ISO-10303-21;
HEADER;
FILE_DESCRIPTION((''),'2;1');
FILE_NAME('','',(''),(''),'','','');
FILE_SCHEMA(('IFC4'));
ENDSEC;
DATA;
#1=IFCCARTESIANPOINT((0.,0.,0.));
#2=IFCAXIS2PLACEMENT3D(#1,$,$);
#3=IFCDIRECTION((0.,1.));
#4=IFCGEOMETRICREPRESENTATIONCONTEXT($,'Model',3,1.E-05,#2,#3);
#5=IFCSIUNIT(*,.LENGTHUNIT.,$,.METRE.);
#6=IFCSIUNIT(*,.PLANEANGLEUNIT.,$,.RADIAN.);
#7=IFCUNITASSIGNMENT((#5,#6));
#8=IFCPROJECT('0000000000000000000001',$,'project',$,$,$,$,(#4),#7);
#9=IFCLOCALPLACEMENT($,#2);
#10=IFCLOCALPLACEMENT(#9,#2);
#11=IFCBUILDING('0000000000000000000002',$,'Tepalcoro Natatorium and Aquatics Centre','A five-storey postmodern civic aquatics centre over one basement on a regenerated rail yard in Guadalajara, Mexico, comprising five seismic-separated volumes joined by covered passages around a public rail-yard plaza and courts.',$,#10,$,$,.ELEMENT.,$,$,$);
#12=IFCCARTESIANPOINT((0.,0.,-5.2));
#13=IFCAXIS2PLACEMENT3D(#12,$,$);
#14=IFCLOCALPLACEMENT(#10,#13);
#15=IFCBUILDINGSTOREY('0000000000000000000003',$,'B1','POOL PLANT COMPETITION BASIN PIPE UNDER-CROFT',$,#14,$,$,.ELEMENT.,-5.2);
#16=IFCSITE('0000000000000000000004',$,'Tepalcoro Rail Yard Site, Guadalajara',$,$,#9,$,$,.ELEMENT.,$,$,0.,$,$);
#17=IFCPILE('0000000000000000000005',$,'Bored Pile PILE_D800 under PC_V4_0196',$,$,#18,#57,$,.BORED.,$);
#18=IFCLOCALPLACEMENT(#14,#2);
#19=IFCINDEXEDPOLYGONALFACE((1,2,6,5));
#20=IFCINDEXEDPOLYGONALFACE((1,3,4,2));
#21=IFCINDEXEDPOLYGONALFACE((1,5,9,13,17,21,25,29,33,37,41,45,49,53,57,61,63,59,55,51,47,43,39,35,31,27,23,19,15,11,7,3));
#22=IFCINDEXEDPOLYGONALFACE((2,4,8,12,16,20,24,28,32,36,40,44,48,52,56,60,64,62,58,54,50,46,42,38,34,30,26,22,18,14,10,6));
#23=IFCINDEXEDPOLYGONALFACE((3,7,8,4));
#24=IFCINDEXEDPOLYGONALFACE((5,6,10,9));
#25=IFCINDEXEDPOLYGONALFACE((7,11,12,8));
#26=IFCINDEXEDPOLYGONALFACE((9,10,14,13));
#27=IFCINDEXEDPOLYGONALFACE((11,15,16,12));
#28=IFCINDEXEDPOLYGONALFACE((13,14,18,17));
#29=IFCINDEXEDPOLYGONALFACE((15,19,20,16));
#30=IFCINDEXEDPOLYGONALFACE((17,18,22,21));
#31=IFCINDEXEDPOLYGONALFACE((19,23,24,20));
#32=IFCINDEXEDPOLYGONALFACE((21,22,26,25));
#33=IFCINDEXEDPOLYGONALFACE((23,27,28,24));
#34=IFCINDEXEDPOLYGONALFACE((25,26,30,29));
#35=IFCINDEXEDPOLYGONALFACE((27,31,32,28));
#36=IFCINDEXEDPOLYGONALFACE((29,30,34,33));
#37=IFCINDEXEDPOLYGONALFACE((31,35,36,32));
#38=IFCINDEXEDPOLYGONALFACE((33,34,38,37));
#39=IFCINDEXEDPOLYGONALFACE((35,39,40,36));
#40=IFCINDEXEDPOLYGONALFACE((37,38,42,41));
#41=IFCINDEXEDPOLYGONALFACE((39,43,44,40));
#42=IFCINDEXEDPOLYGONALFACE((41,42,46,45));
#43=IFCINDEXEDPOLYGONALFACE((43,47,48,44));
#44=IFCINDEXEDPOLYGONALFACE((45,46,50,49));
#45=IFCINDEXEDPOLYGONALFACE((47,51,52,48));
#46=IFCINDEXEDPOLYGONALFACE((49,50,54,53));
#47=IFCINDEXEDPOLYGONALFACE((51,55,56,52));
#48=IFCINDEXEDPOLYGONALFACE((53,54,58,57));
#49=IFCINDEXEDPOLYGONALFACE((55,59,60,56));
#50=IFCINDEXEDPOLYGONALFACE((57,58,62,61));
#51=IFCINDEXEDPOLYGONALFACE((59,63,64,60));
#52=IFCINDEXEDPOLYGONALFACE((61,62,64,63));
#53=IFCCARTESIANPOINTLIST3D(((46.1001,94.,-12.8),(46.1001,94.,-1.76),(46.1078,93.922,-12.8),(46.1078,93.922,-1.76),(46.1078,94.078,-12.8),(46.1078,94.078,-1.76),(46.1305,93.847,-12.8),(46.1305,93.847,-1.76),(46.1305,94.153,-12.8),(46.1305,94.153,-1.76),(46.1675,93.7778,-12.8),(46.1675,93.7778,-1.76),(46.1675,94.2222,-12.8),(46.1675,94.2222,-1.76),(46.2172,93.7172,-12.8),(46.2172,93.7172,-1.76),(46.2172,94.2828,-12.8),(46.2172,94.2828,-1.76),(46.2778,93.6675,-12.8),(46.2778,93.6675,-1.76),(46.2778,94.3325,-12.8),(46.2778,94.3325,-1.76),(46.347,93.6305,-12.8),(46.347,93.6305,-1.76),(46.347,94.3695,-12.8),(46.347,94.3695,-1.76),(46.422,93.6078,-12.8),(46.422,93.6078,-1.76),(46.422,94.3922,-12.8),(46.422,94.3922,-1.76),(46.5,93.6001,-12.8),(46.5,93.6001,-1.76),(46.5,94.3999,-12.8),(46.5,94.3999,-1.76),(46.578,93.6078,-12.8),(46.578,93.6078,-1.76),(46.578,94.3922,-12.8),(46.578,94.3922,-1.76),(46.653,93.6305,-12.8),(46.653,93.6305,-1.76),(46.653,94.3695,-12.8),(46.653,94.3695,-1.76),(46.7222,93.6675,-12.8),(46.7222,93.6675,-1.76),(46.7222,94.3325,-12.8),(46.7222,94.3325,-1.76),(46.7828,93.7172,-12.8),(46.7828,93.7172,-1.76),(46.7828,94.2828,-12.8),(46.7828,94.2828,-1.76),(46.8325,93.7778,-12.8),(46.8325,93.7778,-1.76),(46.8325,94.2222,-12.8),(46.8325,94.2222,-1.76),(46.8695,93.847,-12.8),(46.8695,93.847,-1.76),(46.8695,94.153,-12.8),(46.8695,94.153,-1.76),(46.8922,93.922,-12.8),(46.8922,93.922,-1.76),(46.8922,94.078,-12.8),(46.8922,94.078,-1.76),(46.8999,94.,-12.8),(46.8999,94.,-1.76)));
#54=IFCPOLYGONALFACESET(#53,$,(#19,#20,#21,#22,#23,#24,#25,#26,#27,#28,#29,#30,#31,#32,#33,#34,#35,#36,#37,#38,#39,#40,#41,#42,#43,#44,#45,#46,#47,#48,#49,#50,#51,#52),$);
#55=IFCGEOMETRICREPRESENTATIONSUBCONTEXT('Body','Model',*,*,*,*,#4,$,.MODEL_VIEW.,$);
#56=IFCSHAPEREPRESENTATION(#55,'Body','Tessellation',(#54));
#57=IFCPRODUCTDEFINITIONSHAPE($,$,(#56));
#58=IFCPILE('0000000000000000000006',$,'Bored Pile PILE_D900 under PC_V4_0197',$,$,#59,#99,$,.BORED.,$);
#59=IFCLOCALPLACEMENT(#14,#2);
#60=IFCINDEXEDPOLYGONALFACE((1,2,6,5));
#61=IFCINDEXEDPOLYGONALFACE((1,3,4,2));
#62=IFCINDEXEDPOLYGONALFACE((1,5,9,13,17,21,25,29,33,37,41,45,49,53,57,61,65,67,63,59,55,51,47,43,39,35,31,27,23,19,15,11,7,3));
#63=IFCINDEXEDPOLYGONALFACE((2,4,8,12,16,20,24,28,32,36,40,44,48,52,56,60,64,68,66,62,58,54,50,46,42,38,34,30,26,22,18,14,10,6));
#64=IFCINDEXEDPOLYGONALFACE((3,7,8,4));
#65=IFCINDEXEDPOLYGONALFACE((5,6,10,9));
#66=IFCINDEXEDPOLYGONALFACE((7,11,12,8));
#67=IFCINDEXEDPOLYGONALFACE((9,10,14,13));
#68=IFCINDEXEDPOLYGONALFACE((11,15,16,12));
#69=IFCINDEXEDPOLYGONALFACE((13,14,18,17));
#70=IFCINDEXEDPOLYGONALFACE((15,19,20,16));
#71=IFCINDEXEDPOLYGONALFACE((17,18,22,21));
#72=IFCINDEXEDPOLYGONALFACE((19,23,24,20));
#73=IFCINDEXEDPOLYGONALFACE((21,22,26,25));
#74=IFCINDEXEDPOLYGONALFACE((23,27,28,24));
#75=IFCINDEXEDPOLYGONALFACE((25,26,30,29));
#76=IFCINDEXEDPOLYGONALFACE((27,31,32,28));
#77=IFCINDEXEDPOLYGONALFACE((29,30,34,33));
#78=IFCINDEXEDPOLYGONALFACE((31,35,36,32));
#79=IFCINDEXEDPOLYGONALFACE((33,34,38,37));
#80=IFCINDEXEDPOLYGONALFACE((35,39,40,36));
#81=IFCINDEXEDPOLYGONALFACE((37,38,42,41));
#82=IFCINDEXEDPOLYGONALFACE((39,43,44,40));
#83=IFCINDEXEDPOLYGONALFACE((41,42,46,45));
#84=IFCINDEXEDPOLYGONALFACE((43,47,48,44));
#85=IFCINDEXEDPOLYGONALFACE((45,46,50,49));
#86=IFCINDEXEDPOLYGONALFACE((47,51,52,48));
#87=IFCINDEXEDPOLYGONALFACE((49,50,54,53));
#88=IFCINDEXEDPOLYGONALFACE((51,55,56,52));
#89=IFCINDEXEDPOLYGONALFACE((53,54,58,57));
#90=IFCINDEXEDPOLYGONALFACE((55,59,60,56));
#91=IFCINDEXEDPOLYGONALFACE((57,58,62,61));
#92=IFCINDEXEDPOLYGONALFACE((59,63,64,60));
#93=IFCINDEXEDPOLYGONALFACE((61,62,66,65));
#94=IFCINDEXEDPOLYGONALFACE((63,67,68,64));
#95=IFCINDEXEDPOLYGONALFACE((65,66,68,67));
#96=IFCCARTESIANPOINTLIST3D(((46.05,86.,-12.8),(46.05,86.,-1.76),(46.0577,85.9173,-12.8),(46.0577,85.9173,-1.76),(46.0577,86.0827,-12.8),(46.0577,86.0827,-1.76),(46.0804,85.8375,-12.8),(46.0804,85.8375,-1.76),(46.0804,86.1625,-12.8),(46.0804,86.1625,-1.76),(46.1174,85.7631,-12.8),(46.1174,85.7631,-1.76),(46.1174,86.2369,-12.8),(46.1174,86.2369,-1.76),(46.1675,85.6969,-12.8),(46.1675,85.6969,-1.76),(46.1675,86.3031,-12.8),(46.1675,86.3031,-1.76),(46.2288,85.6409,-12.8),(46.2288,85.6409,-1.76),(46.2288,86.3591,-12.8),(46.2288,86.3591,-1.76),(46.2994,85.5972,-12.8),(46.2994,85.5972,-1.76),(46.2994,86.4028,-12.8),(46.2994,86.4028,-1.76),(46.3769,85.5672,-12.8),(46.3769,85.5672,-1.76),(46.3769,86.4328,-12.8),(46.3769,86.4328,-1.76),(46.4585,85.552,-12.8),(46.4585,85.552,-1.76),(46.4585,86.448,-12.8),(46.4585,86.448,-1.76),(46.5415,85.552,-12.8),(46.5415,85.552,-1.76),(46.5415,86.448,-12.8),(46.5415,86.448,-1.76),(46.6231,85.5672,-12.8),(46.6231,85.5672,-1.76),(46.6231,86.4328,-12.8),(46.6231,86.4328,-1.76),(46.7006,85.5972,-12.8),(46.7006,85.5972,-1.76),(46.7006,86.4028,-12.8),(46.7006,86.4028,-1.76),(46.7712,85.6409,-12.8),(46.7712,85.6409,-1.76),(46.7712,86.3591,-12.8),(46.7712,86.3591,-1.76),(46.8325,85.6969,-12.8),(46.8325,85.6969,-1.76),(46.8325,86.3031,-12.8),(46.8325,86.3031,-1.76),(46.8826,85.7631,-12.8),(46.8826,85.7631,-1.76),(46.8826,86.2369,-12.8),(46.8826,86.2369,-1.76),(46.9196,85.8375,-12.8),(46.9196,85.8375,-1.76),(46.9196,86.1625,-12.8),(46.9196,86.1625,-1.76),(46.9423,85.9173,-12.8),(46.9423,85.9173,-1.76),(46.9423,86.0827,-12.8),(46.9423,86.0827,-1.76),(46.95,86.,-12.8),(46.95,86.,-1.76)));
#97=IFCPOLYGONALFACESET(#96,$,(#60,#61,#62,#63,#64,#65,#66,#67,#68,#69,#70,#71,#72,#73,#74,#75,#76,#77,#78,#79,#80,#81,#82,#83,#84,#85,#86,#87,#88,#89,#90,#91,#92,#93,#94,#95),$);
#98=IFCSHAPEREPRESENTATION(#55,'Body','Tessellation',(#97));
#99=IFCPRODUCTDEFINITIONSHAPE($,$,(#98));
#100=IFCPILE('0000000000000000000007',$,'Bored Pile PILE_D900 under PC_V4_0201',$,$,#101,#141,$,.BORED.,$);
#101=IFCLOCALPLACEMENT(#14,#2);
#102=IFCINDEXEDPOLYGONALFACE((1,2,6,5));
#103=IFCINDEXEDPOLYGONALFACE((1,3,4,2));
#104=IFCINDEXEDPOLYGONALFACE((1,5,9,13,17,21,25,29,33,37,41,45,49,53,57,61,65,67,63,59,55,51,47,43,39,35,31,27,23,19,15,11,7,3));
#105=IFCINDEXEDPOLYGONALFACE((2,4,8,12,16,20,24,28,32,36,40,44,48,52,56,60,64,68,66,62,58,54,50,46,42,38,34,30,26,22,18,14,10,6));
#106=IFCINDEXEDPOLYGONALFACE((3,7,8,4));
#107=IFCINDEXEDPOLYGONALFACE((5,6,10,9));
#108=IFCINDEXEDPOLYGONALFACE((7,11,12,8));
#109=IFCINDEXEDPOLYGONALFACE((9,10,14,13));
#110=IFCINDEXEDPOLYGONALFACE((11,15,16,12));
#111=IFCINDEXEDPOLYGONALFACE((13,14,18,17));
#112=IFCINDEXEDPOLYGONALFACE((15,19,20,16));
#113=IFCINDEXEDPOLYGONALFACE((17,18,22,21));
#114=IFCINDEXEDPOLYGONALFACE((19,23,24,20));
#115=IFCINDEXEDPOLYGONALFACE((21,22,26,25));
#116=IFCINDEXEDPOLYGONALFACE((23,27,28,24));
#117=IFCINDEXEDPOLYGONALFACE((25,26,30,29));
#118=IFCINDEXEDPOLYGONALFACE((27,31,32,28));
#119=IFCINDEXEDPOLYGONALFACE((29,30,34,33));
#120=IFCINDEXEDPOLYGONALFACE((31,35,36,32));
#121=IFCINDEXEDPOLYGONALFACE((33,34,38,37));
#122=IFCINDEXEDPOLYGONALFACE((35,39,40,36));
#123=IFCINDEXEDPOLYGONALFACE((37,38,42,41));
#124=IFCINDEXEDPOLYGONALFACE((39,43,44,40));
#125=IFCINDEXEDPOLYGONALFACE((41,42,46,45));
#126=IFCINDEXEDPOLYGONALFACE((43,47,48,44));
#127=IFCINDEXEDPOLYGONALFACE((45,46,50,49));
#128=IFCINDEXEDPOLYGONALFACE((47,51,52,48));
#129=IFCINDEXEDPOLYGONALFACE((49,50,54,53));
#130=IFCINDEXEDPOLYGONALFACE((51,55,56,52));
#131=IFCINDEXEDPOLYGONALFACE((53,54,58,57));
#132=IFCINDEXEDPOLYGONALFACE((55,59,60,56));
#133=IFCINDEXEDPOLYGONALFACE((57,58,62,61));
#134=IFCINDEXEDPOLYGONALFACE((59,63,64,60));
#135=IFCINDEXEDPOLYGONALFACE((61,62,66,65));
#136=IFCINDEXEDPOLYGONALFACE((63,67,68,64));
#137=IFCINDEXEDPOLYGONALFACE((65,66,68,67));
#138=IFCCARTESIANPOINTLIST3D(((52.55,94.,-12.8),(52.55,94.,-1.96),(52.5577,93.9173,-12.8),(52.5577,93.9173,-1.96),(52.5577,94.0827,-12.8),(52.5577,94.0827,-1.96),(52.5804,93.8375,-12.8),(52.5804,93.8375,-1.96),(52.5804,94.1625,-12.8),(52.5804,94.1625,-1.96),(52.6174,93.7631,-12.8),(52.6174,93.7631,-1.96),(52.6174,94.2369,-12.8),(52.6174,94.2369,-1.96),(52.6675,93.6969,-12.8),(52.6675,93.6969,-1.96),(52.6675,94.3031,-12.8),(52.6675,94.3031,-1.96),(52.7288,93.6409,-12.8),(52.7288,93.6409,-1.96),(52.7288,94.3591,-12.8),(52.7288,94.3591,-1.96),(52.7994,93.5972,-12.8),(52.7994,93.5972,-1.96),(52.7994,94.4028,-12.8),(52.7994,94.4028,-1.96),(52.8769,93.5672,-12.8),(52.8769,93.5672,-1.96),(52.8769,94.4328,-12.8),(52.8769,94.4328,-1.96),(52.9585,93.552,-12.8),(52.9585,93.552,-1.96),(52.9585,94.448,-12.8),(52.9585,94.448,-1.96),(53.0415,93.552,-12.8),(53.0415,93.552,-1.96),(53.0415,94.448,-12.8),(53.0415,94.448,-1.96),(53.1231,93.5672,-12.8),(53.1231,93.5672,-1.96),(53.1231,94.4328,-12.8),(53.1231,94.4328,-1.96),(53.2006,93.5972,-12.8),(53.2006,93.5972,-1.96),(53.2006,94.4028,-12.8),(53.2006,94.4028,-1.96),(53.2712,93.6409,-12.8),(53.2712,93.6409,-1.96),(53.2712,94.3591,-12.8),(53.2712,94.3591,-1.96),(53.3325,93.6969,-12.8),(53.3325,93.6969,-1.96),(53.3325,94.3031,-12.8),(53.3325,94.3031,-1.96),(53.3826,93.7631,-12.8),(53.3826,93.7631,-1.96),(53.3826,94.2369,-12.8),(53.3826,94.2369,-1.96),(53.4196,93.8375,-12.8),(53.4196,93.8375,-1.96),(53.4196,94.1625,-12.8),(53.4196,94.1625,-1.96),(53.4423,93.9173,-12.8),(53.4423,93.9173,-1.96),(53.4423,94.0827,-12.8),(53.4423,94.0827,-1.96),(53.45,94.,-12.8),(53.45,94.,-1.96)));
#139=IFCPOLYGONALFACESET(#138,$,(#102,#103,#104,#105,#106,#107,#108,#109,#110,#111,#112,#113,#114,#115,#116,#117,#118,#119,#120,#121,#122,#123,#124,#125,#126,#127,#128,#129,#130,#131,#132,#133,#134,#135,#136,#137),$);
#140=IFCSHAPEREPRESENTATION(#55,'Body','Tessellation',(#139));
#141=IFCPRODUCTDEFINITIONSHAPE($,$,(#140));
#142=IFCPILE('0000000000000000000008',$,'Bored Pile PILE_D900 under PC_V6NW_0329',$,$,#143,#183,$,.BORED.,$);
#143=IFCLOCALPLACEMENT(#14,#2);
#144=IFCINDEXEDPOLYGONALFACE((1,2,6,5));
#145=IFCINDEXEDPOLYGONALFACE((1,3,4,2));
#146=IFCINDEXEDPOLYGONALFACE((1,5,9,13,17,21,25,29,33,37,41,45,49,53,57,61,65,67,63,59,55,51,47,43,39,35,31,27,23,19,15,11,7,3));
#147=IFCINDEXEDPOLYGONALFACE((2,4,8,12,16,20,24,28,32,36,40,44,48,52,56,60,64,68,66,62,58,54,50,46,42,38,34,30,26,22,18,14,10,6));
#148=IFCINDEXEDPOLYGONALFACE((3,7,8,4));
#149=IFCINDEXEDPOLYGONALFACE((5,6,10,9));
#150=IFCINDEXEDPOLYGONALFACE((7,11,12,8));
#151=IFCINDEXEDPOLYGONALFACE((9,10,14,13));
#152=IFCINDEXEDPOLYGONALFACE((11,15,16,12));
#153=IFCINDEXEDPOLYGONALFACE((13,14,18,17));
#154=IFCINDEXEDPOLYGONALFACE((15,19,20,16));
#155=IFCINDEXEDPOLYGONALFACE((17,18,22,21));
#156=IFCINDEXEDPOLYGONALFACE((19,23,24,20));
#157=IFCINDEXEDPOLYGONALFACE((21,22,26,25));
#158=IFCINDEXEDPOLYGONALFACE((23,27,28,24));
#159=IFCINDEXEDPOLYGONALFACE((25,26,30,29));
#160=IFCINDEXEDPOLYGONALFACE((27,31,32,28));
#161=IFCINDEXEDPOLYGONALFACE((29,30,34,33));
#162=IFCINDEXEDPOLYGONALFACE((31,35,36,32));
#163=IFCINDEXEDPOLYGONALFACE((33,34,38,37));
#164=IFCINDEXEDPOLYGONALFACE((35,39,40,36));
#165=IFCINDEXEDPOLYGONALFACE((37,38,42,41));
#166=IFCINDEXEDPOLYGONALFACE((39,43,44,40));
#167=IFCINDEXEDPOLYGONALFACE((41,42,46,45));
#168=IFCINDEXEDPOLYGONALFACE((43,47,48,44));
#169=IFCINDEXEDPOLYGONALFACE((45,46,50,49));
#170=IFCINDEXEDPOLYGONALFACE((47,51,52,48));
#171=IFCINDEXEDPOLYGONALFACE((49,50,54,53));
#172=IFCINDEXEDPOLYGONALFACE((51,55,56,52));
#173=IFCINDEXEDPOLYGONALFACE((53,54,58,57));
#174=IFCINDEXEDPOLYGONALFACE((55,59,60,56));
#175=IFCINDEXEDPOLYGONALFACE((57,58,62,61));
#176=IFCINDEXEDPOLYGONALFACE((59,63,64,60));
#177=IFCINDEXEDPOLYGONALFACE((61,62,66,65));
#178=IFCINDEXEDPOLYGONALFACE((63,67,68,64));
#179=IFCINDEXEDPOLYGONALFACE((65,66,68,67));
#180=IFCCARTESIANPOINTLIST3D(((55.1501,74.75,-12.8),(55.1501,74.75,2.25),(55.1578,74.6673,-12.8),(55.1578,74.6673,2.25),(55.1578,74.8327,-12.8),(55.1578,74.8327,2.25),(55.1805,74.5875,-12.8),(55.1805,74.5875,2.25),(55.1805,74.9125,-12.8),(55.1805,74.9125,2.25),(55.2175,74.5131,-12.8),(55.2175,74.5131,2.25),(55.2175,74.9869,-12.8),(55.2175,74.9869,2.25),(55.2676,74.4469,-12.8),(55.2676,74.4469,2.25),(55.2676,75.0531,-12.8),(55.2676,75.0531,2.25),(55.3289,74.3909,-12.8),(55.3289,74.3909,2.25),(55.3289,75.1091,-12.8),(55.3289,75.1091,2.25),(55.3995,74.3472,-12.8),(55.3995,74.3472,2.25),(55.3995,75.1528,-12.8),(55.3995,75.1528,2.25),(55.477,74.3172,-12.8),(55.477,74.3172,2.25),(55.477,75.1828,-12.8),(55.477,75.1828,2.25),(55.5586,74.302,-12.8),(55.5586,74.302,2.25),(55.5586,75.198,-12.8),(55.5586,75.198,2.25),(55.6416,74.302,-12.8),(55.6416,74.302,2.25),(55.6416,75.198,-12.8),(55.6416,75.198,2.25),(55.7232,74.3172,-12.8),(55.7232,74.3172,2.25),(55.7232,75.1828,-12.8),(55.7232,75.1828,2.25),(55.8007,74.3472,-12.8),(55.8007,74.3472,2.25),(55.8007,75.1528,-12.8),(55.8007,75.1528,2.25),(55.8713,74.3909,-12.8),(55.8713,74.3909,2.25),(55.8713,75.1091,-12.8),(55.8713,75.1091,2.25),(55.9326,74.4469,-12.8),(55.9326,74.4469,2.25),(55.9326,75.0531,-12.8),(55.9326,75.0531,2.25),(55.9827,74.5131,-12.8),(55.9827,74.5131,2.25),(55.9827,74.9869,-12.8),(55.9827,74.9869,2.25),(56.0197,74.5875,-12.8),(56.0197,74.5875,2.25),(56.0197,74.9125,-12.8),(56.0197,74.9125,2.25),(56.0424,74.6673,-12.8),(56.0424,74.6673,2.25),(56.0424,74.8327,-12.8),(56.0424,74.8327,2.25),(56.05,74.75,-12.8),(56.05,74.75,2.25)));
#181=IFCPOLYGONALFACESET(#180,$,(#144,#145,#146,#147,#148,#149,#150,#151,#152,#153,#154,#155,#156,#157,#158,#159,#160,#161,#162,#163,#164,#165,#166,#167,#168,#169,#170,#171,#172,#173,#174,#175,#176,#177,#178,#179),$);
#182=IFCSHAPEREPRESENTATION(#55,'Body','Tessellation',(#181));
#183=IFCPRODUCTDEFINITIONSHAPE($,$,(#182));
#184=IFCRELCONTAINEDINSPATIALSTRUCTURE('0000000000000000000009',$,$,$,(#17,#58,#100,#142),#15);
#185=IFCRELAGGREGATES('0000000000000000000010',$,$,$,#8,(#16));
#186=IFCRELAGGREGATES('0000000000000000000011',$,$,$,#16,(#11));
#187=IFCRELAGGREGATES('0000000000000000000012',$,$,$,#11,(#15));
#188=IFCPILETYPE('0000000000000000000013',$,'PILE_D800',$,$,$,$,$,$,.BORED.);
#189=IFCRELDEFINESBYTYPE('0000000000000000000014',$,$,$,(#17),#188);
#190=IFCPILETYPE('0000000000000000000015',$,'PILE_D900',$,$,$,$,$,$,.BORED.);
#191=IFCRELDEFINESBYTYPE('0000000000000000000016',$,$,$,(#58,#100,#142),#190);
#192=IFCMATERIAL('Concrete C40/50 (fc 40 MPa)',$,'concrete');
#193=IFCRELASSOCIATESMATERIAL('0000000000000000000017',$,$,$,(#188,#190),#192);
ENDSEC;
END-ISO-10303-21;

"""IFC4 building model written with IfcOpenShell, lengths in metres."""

from ifc_helpers import new_model, si_unit, direction, frame, origin, origin_2d, place, context, subcontext, project, spatial, circle, extrude, material, material_profile, profile_set, type_object, element, save


model = new_model("IFC4")

# Units and contexts
model_context = context("Model", 3, precision=1e-05, world=origin(), true_north=direction((0.0, 1.0)))
body_context = subcontext(model_context, "Body", "Model", "MODEL_VIEW")
ifc_project = project(units=[si_unit("LENGTHUNIT", "METRE"), si_unit("PLANEANGLEUNIT", "RADIAN")], contexts=[model_context])

# Site, building, storey
site_placement = place(None, origin())
site = spatial("IfcSite", under=ifc_project, at=site_placement, Name="Tepalcoro Rail Yard Site, Guadalajara", CompositionType="ELEMENT", RefElevation=0.0)
building_placement = place(site_placement, origin())
building = spatial("IfcBuilding", under=site, at=building_placement, Name="Tepalcoro Natatorium and Aquatics Centre", Description="A five-storey postmodern civic aquatics centre over one basement on a regenerated rail yard in Guadalajara, Mexico, comprising five seismic-separated volumes joined by covered passages around a public rail-yard plaza and courts.", CompositionType="ELEMENT")
storey_placement = place(building_placement, frame((0.0, 0.0, -5.2)))
storey = spatial("IfcBuildingStorey", under=building, at=storey_placement, Name="B1", Description="POOL PLANT COMPETITION BASIN PIPE UNDER-CROFT", CompositionType="ELEMENT", Elevation=-5.2)

# Piles
ifc_material_1 = material(Name="Concrete C40/50 (fc 40 MPa)", Category="concrete")
ifc_material_profile_1 = material_profile(ifc_material_1, circle(Radius=0.3999, at=origin_2d()), Name="PILE_D800")
ifc_profile_set_1 = profile_set([ifc_material_profile_1], Name="Concrete C40/50 (fc 40 MPa)")
pile_type_1 = type_object("IfcPileType", Name="PILE_D800", PredefinedType="BORED", material=ifc_profile_set_1)
pile_1_placement = place(storey_placement, frame((46.5, 94.0, -1.76), z_axis=(0.0, 0.0, -1.0), x_axis=(1.0, 0.0, 0.0)))
element("IfcPile", 1, at=pile_1_placement, inside=storey, type_object=pile_type_1, Name="Bored Pile PILE_D800 under PC_V4_0196", PredefinedType="BORED", context=body_context, shape_type="SweptSolid", body=[
    extrude(circle(Radius=0.3999, at=origin_2d()), origin(), (0.0, 0.0, 1.0), 11.04),
])
ifc_material_profile_2 = material_profile(ifc_material_1, circle(Radius=0.45, at=origin_2d()), Name="PILE_D900")
ifc_profile_set_2 = profile_set([ifc_material_profile_2], Name="Concrete C40/50 (fc 40 MPa)")
pile_type_2 = type_object("IfcPileType", Name="PILE_D900", PredefinedType="BORED", material=ifc_profile_set_2)
pile_2_placement = place(storey_placement, frame((46.5, 86.0, -1.76), z_axis=(0.0, 0.0, -1.0), x_axis=(1.0, 0.0, 0.0)))
element("IfcPile", 2, at=pile_2_placement, inside=storey, type_object=pile_type_2, Name="Bored Pile PILE_D900 under PC_V4_0197", PredefinedType="BORED", context=body_context, shape_type="SweptSolid", body=[
    extrude(circle(Radius=0.45, at=origin_2d()), origin(), (0.0, 0.0, 1.0), 11.04),
])
pile_3_placement = place(storey_placement, frame((53.0, 94.0, -1.96), z_axis=(0.0, 0.0, -1.0), x_axis=(1.0, 0.0, 0.0)))
element("IfcPile", 3, at=pile_3_placement, inside=storey, type_object=pile_type_2, Name="Bored Pile PILE_D900 under PC_V4_0201", PredefinedType="BORED", context=body_context, shape_type="SweptSolid", body=[
    extrude(circle(Radius=0.45, at=origin_2d()), origin(), (0.0, 0.0, 1.0), 10.8401),
])
pile_4_placement = place(storey_placement, frame((55.6001, 74.75, 2.25), z_axis=(0.0, 0.0, -1.0), x_axis=(1.0, 0.0, 0.0)))
element("IfcPile", 4, at=pile_4_placement, inside=storey, type_object=pile_type_2, Name="Bored Pile PILE_D900 under PC_V6NW_0329", PredefinedType="BORED", context=body_context, shape_type="SweptSolid", body=[
    extrude(circle(Radius=0.45, at=origin_2d()), origin(), (0.0, 0.0, 1.0), 15.05),
])

save(model, "model.ifc")
